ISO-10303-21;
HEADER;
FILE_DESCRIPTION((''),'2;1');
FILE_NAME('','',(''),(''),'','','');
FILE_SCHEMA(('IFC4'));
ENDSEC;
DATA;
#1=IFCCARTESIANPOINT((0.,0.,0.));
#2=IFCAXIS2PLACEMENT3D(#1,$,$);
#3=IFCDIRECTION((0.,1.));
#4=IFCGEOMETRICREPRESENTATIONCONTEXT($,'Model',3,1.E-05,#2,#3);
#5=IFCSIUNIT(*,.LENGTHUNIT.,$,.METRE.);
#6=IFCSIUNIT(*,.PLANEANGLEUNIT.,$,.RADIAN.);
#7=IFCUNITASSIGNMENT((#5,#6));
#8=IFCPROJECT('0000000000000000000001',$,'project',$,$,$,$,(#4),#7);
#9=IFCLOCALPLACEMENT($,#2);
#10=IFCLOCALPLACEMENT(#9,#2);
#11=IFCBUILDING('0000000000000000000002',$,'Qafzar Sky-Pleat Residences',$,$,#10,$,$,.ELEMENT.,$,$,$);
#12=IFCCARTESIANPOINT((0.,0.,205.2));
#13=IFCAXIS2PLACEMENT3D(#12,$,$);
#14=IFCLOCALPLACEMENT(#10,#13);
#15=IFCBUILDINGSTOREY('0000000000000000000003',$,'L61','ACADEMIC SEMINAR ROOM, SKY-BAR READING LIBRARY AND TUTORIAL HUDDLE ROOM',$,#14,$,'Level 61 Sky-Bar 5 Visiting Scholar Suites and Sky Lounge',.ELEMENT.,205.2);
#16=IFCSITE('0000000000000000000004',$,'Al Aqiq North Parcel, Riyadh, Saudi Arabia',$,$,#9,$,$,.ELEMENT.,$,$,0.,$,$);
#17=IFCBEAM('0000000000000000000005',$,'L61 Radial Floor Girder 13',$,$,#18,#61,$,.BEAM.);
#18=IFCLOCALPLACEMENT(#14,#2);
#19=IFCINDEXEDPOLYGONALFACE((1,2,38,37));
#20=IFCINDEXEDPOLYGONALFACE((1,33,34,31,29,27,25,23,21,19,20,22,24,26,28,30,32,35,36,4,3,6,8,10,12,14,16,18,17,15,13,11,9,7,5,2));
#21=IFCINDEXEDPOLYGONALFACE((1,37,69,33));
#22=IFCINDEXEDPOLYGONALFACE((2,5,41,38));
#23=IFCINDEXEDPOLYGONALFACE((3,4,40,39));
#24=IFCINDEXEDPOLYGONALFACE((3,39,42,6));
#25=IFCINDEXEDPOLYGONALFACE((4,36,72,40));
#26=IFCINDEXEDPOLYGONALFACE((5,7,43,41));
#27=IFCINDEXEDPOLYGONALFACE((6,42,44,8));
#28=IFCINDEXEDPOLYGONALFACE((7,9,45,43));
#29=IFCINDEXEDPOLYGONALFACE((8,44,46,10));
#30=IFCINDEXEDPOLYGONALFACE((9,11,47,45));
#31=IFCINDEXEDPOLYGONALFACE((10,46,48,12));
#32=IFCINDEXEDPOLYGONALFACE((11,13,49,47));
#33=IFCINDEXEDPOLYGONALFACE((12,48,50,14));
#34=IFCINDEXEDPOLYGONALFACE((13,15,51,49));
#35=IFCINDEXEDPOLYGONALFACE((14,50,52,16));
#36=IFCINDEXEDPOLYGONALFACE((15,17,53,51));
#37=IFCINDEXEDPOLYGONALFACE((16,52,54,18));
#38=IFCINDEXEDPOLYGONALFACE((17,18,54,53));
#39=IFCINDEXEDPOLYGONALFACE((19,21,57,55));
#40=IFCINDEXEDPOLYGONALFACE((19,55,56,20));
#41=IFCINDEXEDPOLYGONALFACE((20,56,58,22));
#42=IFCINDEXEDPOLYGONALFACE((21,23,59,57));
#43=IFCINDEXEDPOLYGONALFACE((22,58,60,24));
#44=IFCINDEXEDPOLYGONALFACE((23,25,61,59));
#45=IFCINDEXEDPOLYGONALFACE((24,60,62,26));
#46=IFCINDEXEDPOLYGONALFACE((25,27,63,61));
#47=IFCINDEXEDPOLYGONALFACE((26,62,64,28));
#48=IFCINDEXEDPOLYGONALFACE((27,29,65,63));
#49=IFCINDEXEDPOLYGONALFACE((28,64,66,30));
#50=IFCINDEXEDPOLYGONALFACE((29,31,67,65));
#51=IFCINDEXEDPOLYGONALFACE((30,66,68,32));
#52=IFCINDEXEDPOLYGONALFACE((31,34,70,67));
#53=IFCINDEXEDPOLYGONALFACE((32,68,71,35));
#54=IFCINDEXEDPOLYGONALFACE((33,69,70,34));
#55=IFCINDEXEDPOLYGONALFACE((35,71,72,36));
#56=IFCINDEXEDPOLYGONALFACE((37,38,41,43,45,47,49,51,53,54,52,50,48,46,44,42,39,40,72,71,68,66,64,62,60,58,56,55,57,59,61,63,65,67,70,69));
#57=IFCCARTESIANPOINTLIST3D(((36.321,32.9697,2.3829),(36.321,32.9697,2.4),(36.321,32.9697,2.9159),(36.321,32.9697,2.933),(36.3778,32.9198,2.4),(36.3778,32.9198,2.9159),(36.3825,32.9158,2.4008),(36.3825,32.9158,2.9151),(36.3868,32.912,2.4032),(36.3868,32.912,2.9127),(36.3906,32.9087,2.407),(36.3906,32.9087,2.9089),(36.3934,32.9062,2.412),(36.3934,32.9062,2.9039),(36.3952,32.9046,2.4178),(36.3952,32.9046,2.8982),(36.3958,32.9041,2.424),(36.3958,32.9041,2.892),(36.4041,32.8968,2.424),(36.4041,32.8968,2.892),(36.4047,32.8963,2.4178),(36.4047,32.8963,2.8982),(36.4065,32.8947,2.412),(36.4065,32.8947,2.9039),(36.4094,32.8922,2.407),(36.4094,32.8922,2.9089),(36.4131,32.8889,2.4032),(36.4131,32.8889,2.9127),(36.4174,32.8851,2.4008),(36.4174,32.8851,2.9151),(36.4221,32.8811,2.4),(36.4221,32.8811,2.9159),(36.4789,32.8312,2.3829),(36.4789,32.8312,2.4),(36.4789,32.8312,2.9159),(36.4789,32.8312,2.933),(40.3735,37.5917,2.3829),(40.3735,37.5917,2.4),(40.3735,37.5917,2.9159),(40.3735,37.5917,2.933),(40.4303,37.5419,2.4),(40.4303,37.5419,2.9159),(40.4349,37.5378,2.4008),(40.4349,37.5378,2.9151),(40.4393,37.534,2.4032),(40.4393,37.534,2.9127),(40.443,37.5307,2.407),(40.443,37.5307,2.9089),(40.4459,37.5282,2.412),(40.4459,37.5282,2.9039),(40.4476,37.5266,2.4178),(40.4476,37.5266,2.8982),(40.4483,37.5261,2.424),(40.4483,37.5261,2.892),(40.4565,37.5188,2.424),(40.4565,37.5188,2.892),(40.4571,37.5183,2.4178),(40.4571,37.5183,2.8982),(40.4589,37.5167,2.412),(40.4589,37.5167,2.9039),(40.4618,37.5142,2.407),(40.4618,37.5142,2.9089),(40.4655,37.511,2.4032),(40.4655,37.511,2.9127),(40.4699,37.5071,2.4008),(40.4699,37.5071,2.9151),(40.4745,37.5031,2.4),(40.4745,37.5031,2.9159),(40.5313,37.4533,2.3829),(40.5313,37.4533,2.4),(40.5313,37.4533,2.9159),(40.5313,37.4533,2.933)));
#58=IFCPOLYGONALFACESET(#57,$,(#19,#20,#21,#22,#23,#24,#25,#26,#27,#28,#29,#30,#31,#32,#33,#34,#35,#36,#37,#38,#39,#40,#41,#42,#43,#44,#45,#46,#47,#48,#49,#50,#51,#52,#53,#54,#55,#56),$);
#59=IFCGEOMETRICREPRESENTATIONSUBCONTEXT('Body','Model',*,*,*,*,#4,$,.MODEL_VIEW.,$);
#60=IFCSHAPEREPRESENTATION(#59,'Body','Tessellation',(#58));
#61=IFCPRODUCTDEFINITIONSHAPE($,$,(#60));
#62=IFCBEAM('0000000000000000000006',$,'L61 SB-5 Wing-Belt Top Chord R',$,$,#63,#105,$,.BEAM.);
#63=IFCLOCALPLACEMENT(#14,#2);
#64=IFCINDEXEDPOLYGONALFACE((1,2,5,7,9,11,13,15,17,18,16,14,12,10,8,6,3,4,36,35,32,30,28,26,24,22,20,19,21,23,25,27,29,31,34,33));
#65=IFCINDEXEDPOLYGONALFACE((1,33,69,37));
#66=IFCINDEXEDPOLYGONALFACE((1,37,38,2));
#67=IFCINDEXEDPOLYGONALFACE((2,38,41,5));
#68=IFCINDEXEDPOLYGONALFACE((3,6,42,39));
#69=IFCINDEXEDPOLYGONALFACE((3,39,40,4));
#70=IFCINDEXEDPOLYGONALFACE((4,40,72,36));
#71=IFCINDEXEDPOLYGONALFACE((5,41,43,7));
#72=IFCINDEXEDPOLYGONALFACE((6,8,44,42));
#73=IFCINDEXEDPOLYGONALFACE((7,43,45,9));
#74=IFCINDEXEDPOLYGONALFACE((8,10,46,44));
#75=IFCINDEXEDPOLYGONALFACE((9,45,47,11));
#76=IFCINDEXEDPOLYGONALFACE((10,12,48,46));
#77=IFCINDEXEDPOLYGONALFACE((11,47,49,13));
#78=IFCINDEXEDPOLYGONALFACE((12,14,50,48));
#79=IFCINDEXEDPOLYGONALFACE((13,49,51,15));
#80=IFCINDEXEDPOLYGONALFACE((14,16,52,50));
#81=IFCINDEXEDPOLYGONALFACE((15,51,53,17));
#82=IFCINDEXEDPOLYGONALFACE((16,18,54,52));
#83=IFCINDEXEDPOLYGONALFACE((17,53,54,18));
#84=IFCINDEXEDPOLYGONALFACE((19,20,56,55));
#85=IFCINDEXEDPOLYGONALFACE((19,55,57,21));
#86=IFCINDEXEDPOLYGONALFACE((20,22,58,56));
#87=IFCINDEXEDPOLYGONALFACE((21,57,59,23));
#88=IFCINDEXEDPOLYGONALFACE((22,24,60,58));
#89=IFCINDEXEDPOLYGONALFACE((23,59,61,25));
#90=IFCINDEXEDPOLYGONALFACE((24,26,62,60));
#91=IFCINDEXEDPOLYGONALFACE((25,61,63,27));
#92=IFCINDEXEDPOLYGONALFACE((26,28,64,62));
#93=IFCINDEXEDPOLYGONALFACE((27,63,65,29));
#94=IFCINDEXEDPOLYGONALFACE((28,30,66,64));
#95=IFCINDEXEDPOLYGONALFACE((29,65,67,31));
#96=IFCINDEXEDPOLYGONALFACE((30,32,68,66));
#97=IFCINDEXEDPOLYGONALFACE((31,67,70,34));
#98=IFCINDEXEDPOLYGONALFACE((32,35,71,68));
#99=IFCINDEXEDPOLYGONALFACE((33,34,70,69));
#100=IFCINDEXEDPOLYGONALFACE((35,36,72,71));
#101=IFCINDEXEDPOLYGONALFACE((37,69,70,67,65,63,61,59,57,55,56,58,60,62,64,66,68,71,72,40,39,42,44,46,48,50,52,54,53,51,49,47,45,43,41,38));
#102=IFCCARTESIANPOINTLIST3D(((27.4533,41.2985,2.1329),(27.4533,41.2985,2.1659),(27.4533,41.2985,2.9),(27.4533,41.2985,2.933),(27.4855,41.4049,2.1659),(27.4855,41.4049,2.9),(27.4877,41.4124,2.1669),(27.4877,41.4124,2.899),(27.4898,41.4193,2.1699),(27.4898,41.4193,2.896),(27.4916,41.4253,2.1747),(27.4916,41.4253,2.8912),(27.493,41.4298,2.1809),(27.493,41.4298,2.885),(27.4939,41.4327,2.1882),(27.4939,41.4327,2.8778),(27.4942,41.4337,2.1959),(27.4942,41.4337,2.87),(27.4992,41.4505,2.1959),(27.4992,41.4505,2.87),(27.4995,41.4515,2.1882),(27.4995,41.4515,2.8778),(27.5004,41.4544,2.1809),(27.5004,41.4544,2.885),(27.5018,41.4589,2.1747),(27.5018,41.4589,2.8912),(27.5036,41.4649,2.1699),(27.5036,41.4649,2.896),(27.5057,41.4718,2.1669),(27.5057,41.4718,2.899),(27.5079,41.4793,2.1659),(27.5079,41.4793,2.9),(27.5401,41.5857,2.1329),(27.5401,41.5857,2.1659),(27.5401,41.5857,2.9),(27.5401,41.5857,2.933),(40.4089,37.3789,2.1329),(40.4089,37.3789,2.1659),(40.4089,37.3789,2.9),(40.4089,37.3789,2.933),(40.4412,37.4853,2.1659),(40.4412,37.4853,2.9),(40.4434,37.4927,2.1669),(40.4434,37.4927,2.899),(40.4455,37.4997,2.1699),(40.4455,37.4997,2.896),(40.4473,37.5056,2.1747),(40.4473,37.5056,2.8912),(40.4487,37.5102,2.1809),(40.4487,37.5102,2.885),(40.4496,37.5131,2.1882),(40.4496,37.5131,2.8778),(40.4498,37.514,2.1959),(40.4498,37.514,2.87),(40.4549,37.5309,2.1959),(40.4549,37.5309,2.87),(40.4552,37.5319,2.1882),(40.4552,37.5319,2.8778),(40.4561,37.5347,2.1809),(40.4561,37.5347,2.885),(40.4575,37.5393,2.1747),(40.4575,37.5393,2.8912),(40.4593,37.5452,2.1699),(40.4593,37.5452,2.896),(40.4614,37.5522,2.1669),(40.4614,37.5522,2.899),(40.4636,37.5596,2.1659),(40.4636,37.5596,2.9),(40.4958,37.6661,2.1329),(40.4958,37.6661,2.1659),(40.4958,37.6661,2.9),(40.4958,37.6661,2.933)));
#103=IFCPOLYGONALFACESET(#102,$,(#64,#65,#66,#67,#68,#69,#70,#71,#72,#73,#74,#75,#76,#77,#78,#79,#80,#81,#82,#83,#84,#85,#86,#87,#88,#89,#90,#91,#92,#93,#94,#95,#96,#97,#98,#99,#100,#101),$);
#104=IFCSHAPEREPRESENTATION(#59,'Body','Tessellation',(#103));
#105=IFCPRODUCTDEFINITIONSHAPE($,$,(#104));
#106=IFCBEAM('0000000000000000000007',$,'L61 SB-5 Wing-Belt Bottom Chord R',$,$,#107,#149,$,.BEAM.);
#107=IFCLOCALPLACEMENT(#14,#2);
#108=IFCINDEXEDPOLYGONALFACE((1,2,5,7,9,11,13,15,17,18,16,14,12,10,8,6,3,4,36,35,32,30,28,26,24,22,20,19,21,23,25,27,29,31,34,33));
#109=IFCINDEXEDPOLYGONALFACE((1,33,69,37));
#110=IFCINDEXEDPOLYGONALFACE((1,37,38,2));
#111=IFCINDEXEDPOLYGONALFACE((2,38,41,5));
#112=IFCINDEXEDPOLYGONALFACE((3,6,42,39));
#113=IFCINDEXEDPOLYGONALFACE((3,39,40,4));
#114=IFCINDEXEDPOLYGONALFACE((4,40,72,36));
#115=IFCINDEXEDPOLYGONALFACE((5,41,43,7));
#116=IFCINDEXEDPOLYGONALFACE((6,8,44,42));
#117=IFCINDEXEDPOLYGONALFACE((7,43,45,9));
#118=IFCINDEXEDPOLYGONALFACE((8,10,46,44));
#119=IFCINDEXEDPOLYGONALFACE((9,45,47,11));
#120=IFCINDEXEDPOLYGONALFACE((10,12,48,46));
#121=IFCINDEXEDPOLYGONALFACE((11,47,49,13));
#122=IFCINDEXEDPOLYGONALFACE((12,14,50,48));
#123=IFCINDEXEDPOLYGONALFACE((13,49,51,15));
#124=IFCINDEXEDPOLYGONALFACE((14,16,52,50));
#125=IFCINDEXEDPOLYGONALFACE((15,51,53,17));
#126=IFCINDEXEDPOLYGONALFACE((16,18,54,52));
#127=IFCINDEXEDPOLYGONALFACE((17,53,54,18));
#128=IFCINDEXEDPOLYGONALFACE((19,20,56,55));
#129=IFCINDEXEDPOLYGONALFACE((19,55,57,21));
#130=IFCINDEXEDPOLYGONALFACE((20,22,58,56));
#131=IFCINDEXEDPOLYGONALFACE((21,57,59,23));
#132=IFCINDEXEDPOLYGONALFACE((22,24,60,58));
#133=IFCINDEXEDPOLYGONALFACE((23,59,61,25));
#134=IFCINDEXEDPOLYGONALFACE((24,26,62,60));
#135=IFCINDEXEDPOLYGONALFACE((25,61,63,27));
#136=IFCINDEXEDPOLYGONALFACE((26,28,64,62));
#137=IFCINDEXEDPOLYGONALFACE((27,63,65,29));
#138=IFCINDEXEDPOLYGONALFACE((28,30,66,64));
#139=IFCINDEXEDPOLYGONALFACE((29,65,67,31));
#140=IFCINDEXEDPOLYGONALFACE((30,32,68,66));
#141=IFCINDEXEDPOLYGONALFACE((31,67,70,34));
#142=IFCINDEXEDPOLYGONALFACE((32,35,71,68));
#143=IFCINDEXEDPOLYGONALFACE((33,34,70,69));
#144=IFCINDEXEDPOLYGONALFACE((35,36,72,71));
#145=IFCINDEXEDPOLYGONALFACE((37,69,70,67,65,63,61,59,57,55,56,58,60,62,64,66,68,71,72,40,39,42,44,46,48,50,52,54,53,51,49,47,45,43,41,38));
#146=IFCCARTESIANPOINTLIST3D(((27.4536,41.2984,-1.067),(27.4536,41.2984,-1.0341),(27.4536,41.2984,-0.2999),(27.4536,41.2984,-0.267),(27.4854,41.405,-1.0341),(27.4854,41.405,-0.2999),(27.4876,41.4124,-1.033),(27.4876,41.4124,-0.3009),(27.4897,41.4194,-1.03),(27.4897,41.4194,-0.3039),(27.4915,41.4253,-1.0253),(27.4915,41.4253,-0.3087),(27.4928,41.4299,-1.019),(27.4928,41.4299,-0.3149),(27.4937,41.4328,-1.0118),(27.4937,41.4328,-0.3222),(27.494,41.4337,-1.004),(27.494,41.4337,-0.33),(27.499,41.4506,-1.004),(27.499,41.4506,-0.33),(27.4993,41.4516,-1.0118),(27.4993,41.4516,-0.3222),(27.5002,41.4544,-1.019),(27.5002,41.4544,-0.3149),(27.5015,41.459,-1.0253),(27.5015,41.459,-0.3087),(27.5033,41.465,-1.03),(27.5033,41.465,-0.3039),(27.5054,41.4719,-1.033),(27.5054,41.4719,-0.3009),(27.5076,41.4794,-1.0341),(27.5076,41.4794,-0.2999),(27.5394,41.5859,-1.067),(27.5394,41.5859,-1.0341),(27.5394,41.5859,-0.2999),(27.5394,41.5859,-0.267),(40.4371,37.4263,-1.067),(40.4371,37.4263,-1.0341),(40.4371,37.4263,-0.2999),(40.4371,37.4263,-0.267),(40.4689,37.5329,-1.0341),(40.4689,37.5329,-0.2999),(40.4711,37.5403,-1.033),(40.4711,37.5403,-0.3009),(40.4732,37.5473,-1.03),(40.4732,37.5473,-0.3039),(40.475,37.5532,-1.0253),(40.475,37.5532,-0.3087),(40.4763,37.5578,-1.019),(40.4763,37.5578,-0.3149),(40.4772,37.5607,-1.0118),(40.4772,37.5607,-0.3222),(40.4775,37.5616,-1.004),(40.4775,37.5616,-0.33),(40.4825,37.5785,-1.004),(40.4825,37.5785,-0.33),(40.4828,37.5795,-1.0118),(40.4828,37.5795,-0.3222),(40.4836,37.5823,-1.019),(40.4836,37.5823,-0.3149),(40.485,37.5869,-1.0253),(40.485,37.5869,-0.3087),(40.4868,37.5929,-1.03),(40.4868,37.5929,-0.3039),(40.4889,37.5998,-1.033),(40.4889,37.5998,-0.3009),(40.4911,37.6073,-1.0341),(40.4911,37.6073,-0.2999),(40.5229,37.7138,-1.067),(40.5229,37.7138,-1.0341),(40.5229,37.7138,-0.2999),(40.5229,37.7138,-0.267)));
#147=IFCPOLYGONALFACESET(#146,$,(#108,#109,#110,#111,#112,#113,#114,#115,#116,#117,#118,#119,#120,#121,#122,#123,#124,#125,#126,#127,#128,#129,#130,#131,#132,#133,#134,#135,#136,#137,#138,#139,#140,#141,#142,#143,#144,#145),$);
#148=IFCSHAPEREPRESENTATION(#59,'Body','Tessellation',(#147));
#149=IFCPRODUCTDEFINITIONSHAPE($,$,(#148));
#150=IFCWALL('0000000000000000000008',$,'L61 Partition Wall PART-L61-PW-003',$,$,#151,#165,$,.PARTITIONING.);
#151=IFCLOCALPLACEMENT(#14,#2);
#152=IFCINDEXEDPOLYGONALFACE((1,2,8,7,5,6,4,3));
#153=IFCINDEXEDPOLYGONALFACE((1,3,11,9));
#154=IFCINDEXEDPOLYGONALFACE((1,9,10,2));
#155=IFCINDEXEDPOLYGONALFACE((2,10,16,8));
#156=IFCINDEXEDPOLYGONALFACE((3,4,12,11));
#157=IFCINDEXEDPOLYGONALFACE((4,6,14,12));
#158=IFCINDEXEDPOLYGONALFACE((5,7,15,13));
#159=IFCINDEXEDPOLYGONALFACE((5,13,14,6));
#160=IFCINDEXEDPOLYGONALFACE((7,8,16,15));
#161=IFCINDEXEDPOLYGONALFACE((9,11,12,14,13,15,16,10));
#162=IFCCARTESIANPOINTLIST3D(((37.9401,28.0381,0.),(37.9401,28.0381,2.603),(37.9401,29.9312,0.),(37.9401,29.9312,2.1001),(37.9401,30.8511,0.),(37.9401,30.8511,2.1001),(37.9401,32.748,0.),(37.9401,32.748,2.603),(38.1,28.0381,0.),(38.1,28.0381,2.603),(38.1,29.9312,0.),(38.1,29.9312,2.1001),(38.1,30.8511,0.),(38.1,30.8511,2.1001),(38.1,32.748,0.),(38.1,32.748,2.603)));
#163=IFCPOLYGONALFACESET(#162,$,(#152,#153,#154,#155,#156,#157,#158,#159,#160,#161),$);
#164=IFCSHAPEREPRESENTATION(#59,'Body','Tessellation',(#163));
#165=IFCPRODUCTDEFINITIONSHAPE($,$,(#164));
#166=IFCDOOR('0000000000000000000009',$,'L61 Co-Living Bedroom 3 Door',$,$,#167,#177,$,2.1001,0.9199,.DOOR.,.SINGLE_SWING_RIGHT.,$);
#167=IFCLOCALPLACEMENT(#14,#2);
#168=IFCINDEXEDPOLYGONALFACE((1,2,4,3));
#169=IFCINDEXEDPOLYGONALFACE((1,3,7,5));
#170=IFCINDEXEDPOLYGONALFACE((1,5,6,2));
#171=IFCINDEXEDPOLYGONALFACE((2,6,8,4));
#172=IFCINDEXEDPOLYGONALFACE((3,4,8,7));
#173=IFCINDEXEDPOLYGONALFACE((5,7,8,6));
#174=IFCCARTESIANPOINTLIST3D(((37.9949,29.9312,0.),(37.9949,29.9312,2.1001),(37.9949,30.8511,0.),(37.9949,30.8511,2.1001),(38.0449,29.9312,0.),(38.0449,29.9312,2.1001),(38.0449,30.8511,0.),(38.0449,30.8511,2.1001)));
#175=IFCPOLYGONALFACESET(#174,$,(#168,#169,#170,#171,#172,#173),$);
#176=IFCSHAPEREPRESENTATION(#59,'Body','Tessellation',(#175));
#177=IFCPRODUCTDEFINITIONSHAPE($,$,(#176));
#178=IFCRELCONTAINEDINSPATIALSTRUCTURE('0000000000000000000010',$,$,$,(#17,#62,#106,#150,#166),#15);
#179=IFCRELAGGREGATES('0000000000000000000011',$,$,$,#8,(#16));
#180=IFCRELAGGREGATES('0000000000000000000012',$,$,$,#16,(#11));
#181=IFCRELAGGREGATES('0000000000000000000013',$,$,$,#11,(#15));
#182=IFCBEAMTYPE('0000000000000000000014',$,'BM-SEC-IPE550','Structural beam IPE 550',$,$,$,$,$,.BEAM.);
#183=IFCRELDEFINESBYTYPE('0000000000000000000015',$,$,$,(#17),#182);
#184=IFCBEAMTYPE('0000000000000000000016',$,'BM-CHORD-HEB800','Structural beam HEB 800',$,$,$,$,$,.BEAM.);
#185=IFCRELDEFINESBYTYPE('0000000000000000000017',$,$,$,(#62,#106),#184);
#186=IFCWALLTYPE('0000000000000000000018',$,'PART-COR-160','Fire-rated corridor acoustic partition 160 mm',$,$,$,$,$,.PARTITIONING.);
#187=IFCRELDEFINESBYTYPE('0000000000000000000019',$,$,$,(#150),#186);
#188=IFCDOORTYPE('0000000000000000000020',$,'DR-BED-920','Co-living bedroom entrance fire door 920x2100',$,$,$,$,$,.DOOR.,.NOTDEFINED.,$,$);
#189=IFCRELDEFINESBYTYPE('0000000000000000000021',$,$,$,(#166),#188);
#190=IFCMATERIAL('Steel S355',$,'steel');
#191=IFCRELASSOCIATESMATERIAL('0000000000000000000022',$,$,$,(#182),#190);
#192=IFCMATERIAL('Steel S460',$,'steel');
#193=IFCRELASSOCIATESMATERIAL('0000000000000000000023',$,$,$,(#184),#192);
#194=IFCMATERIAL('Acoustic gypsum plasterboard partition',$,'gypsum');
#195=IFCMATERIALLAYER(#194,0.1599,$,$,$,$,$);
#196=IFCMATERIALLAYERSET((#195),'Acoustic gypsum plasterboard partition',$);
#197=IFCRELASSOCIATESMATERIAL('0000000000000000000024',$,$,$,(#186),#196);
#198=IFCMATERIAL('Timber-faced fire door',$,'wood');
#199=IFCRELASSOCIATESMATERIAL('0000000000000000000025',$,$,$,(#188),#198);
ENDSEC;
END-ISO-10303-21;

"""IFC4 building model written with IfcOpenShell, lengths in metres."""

from ifc_helpers import new_model, si_unit, direction, frame, frame_2d, origin, origin_2d, place, context, subcontext, project, spatial, rectangle, i_section, extrude, source, transform, mapped, material, layer, layer_set, material_profile, profile_set, type_object, element, fill, save


model = new_model("IFC4")

# Units and contexts
model_context = context("Model", 3, precision=1e-05, world=origin(), true_north=direction((0.0, 1.0)))
body_context = subcontext(model_context, "Body", "Model", "MODEL_VIEW")
ifc_project = project(units=[si_unit("LENGTHUNIT", "METRE"), si_unit("PLANEANGLEUNIT", "RADIAN")], contexts=[model_context])

# Site, building, storey
site_placement = place(None, origin())
site = spatial("IfcSite", under=ifc_project, at=site_placement, Name="Al Aqiq North Parcel, Riyadh, Saudi Arabia", CompositionType="ELEMENT", RefElevation=0.0)
building_placement = place(site_placement, origin())
building = spatial("IfcBuilding", under=site, at=building_placement, Name="Qafzar Sky-Pleat Residences", CompositionType="ELEMENT")
storey_placement = place(building_placement, frame((0.0, 0.0, 205.2)))
storey = spatial("IfcBuildingStorey", under=building, at=storey_placement, Name="L61", Description="ACADEMIC SEMINAR ROOM, SKY-BAR READING LIBRARY AND TUTORIAL HUDDLE ROOM", LongName="Level 61 Sky-Bar 5 Visiting Scholar Suites and Sky Lounge", CompositionType="ELEMENT", Elevation=205.2)

# Shared definitions
ifc_material_1 = material(Name="Steel S355", Category="steel")

# Beams
ifc_material_profile_1 = material_profile(ifc_material_1, i_section(OverallWidth=0.21, OverallDepth=0.55, WebThickness=0.011, FlangeThickness=0.0171, FilletRadius=0.0239, at=origin_2d()), Name="IPE 550")
ifc_profile_set_1 = profile_set([ifc_material_profile_1], Name="Steel S355")
beam_type_1 = type_object("IfcBeamType", Name="BM-SEC-IPE550", Description="Structural beam IPE 550", PredefinedType="BEAM", material=ifc_profile_set_1)
shared_shape_1 = source(origin(), body_context, "Body", "SweptSolid", [
    extrude(i_section(OverallWidth=0.21, OverallDepth=0.55, WebThickness=0.011, FlangeThickness=0.0171, FilletRadius=0.0239, at=origin_2d()), origin(), (0.0, 0.0, 1.0), 6.147),
])
beam_1_placement = place(storey_placement, frame((40.4524, 37.5225, 2.658), z_axis=(-0.659258, -0.751917, 0.0), x_axis=(0.751917, -0.659258, 0.0)))
element("IfcBeam", 1, at=beam_1_placement, inside=storey, type_object=beam_type_1, Name="L61 Radial Floor Girder 13", PredefinedType="BEAM", context=body_context, shape_type="MappedRepresentation", body=[
    mapped(shared_shape_1, transform((0.0, 0.0, 0.0), x_axis=(1.0, 0.0, 0.0), y_axis=(0.0, 1.0, 0.0), z_axis=(0.0, 0.0, 1.0), scale=1.0)),
])
ifc_material_2 = material(Name="Steel S460", Category="steel")
ifc_material_profile_2 = material_profile(ifc_material_2, i_section(OverallWidth=0.3, OverallDepth=0.8, WebThickness=0.0176, FlangeThickness=0.033, FilletRadius=0.03, at=origin_2d()), Name="HEB 800")
ifc_profile_set_2 = profile_set([ifc_material_profile_2], Name="Steel S460")
beam_type_2 = type_object("IfcBeamType", Name="BM-CHORD-HEB800", Description="Structural beam HEB 800", PredefinedType="BEAM", material=ifc_profile_set_2)
shared_shape_2 = source(origin(), body_context, "Body", "SweptSolid", [
    extrude(i_section(OverallWidth=0.3, OverallDepth=0.8, WebThickness=0.0176, FlangeThickness=0.033, FilletRadius=0.03, at=origin_2d()), origin(), (0.0, 0.0, 1.0), 13.5356),
])
beam_2_placement = place(storey_placement, frame((40.4524, 37.5225, 2.533), z_axis=(-0.957154, 0.289579, 0.0), x_axis=(-0.289579, -0.957154, 0.0)))
element("IfcBeam", 2, at=beam_2_placement, inside=storey, type_object=beam_type_2, Name="L61 SB-5 Wing-Belt Top Chord R", PredefinedType="BEAM", context=body_context, shape_type="MappedRepresentation", body=[
    mapped(shared_shape_2, transform((0.0, 0.0, 0.0), x_axis=(1.0, 0.0, 0.0), y_axis=(0.0, 1.0, 0.0), z_axis=(0.0, 0.0, 1.0), scale=1.0)),
])
shared_shape_3 = source(origin(), body_context, "Body", "SweptSolid", [
    extrude(i_section(OverallWidth=0.3, OverallDepth=0.8, WebThickness=0.0176, FlangeThickness=0.033, FilletRadius=0.03, at=origin_2d()), origin(), (0.0, 0.0, 1.0), 13.5486),
])
beam_3_placement = place(storey_placement, frame((40.48, 37.5701, -0.667), z_axis=(-0.958291, 0.285794, 0.0), x_axis=(-0.285794, -0.958291, 0.0)))
element("IfcBeam", 3, at=beam_3_placement, inside=storey, type_object=beam_type_2, Name="L61 SB-5 Wing-Belt Bottom Chord R", PredefinedType="BEAM", context=body_context, shape_type="MappedRepresentation", body=[
    mapped(shared_shape_3, transform((0.0, 0.0, 0.0), x_axis=(1.0, 0.0, 0.0), y_axis=(0.0, 1.0, 0.0), z_axis=(0.0, 0.0, 1.0), scale=1.0)),
])

# Wall, opening, door
ifc_material_3 = material(Name="Acoustic gypsum plasterboard partition", Category="gypsum")
ifc_layer_1 = layer(ifc_material_3, 0.1599)
ifc_layer_set_1 = layer_set([ifc_layer_1], Name="Acoustic gypsum plasterboard partition")
wall_type_1 = type_object("IfcWallType", Name="PART-COR-160", Description="Fire-rated corridor acoustic partition 160 mm", PredefinedType="PARTITIONING", material=ifc_layer_set_1)
wall_1_placement = place(storey_placement, frame((38.02, 32.748, 0.0), z_axis=(0.0, 0.0, 1.0), x_axis=(0.0, -1.0, 0.0)))
wall_1 = element("IfcWall", 4, at=wall_1_placement, inside=storey, type_object=wall_type_1, Name="L61 Partition Wall PART-L61-PW-003", PredefinedType="PARTITIONING", context=body_context, shape_type="SweptSolid", body=[
    extrude(rectangle(XDim=4.71, YDim=0.1599, at=frame_2d((2.355, 0.0))), origin(), (0.0, 0.0, 1.0), 2.603),
])
opening_1_placement = place(wall_1_placement, frame((1.897, 0.0, 0.0)))
opening_1 = element("IfcOpeningElement", 5, at=opening_1_placement, cuts=wall_1, PredefinedType="OPENING", context=body_context, shape_type="SweptSolid", body=[
    extrude(rectangle(XDim=0.9199, YDim=2.1001, at=frame_2d((0.46, 1.05))), frame((0.0, 0.0898, 0.0), z_axis=(0.0, -1.0, 0.0), x_axis=(1.0, 0.0, 0.0)), (0.0, 0.0, 1.0), 0.1799),
])
ifc_material_4 = material(Name="Timber-faced fire door", Category="wood")
door_type_1 = type_object("IfcDoorType", Name="DR-BED-920", Description="Co-living bedroom entrance fire door 920x2100", OperationType="NOTDEFINED", PredefinedType="DOOR", material=ifc_material_4)
shared_shape_4 = source(origin(), body_context, "Body", "SweptSolid", [
    extrude(rectangle(XDim=0.9199, YDim=2.1001, at=frame_2d((0.46, 1.05))), frame((0.0, 0.0249, 0.0), z_axis=(0.0, -1.0, 0.0), x_axis=(1.0, 0.0, 0.0)), (0.0, 0.0, 1.0), 0.05),
])
door_1_placement = place(opening_1_placement, origin())
door_1 = element("IfcDoor", 6, at=door_1_placement, inside=storey, type_object=door_type_1, Name="L61 Co-Living Bedroom 3 Door", OperationType="SINGLE_SWING_RIGHT", OverallHeight=2.1001, OverallWidth=0.9199, PredefinedType="DOOR", context=body_context, shape_type="MappedRepresentation", body=[
    mapped(shared_shape_4, transform((0.0, 0.0, 0.0), x_axis=(1.0, 0.0, 0.0), y_axis=(0.0, 1.0, 0.0), z_axis=(0.0, 0.0, 1.0), scale=1.0)),
])
fill(opening_1, door_1)

save(model, "model.ifc")
